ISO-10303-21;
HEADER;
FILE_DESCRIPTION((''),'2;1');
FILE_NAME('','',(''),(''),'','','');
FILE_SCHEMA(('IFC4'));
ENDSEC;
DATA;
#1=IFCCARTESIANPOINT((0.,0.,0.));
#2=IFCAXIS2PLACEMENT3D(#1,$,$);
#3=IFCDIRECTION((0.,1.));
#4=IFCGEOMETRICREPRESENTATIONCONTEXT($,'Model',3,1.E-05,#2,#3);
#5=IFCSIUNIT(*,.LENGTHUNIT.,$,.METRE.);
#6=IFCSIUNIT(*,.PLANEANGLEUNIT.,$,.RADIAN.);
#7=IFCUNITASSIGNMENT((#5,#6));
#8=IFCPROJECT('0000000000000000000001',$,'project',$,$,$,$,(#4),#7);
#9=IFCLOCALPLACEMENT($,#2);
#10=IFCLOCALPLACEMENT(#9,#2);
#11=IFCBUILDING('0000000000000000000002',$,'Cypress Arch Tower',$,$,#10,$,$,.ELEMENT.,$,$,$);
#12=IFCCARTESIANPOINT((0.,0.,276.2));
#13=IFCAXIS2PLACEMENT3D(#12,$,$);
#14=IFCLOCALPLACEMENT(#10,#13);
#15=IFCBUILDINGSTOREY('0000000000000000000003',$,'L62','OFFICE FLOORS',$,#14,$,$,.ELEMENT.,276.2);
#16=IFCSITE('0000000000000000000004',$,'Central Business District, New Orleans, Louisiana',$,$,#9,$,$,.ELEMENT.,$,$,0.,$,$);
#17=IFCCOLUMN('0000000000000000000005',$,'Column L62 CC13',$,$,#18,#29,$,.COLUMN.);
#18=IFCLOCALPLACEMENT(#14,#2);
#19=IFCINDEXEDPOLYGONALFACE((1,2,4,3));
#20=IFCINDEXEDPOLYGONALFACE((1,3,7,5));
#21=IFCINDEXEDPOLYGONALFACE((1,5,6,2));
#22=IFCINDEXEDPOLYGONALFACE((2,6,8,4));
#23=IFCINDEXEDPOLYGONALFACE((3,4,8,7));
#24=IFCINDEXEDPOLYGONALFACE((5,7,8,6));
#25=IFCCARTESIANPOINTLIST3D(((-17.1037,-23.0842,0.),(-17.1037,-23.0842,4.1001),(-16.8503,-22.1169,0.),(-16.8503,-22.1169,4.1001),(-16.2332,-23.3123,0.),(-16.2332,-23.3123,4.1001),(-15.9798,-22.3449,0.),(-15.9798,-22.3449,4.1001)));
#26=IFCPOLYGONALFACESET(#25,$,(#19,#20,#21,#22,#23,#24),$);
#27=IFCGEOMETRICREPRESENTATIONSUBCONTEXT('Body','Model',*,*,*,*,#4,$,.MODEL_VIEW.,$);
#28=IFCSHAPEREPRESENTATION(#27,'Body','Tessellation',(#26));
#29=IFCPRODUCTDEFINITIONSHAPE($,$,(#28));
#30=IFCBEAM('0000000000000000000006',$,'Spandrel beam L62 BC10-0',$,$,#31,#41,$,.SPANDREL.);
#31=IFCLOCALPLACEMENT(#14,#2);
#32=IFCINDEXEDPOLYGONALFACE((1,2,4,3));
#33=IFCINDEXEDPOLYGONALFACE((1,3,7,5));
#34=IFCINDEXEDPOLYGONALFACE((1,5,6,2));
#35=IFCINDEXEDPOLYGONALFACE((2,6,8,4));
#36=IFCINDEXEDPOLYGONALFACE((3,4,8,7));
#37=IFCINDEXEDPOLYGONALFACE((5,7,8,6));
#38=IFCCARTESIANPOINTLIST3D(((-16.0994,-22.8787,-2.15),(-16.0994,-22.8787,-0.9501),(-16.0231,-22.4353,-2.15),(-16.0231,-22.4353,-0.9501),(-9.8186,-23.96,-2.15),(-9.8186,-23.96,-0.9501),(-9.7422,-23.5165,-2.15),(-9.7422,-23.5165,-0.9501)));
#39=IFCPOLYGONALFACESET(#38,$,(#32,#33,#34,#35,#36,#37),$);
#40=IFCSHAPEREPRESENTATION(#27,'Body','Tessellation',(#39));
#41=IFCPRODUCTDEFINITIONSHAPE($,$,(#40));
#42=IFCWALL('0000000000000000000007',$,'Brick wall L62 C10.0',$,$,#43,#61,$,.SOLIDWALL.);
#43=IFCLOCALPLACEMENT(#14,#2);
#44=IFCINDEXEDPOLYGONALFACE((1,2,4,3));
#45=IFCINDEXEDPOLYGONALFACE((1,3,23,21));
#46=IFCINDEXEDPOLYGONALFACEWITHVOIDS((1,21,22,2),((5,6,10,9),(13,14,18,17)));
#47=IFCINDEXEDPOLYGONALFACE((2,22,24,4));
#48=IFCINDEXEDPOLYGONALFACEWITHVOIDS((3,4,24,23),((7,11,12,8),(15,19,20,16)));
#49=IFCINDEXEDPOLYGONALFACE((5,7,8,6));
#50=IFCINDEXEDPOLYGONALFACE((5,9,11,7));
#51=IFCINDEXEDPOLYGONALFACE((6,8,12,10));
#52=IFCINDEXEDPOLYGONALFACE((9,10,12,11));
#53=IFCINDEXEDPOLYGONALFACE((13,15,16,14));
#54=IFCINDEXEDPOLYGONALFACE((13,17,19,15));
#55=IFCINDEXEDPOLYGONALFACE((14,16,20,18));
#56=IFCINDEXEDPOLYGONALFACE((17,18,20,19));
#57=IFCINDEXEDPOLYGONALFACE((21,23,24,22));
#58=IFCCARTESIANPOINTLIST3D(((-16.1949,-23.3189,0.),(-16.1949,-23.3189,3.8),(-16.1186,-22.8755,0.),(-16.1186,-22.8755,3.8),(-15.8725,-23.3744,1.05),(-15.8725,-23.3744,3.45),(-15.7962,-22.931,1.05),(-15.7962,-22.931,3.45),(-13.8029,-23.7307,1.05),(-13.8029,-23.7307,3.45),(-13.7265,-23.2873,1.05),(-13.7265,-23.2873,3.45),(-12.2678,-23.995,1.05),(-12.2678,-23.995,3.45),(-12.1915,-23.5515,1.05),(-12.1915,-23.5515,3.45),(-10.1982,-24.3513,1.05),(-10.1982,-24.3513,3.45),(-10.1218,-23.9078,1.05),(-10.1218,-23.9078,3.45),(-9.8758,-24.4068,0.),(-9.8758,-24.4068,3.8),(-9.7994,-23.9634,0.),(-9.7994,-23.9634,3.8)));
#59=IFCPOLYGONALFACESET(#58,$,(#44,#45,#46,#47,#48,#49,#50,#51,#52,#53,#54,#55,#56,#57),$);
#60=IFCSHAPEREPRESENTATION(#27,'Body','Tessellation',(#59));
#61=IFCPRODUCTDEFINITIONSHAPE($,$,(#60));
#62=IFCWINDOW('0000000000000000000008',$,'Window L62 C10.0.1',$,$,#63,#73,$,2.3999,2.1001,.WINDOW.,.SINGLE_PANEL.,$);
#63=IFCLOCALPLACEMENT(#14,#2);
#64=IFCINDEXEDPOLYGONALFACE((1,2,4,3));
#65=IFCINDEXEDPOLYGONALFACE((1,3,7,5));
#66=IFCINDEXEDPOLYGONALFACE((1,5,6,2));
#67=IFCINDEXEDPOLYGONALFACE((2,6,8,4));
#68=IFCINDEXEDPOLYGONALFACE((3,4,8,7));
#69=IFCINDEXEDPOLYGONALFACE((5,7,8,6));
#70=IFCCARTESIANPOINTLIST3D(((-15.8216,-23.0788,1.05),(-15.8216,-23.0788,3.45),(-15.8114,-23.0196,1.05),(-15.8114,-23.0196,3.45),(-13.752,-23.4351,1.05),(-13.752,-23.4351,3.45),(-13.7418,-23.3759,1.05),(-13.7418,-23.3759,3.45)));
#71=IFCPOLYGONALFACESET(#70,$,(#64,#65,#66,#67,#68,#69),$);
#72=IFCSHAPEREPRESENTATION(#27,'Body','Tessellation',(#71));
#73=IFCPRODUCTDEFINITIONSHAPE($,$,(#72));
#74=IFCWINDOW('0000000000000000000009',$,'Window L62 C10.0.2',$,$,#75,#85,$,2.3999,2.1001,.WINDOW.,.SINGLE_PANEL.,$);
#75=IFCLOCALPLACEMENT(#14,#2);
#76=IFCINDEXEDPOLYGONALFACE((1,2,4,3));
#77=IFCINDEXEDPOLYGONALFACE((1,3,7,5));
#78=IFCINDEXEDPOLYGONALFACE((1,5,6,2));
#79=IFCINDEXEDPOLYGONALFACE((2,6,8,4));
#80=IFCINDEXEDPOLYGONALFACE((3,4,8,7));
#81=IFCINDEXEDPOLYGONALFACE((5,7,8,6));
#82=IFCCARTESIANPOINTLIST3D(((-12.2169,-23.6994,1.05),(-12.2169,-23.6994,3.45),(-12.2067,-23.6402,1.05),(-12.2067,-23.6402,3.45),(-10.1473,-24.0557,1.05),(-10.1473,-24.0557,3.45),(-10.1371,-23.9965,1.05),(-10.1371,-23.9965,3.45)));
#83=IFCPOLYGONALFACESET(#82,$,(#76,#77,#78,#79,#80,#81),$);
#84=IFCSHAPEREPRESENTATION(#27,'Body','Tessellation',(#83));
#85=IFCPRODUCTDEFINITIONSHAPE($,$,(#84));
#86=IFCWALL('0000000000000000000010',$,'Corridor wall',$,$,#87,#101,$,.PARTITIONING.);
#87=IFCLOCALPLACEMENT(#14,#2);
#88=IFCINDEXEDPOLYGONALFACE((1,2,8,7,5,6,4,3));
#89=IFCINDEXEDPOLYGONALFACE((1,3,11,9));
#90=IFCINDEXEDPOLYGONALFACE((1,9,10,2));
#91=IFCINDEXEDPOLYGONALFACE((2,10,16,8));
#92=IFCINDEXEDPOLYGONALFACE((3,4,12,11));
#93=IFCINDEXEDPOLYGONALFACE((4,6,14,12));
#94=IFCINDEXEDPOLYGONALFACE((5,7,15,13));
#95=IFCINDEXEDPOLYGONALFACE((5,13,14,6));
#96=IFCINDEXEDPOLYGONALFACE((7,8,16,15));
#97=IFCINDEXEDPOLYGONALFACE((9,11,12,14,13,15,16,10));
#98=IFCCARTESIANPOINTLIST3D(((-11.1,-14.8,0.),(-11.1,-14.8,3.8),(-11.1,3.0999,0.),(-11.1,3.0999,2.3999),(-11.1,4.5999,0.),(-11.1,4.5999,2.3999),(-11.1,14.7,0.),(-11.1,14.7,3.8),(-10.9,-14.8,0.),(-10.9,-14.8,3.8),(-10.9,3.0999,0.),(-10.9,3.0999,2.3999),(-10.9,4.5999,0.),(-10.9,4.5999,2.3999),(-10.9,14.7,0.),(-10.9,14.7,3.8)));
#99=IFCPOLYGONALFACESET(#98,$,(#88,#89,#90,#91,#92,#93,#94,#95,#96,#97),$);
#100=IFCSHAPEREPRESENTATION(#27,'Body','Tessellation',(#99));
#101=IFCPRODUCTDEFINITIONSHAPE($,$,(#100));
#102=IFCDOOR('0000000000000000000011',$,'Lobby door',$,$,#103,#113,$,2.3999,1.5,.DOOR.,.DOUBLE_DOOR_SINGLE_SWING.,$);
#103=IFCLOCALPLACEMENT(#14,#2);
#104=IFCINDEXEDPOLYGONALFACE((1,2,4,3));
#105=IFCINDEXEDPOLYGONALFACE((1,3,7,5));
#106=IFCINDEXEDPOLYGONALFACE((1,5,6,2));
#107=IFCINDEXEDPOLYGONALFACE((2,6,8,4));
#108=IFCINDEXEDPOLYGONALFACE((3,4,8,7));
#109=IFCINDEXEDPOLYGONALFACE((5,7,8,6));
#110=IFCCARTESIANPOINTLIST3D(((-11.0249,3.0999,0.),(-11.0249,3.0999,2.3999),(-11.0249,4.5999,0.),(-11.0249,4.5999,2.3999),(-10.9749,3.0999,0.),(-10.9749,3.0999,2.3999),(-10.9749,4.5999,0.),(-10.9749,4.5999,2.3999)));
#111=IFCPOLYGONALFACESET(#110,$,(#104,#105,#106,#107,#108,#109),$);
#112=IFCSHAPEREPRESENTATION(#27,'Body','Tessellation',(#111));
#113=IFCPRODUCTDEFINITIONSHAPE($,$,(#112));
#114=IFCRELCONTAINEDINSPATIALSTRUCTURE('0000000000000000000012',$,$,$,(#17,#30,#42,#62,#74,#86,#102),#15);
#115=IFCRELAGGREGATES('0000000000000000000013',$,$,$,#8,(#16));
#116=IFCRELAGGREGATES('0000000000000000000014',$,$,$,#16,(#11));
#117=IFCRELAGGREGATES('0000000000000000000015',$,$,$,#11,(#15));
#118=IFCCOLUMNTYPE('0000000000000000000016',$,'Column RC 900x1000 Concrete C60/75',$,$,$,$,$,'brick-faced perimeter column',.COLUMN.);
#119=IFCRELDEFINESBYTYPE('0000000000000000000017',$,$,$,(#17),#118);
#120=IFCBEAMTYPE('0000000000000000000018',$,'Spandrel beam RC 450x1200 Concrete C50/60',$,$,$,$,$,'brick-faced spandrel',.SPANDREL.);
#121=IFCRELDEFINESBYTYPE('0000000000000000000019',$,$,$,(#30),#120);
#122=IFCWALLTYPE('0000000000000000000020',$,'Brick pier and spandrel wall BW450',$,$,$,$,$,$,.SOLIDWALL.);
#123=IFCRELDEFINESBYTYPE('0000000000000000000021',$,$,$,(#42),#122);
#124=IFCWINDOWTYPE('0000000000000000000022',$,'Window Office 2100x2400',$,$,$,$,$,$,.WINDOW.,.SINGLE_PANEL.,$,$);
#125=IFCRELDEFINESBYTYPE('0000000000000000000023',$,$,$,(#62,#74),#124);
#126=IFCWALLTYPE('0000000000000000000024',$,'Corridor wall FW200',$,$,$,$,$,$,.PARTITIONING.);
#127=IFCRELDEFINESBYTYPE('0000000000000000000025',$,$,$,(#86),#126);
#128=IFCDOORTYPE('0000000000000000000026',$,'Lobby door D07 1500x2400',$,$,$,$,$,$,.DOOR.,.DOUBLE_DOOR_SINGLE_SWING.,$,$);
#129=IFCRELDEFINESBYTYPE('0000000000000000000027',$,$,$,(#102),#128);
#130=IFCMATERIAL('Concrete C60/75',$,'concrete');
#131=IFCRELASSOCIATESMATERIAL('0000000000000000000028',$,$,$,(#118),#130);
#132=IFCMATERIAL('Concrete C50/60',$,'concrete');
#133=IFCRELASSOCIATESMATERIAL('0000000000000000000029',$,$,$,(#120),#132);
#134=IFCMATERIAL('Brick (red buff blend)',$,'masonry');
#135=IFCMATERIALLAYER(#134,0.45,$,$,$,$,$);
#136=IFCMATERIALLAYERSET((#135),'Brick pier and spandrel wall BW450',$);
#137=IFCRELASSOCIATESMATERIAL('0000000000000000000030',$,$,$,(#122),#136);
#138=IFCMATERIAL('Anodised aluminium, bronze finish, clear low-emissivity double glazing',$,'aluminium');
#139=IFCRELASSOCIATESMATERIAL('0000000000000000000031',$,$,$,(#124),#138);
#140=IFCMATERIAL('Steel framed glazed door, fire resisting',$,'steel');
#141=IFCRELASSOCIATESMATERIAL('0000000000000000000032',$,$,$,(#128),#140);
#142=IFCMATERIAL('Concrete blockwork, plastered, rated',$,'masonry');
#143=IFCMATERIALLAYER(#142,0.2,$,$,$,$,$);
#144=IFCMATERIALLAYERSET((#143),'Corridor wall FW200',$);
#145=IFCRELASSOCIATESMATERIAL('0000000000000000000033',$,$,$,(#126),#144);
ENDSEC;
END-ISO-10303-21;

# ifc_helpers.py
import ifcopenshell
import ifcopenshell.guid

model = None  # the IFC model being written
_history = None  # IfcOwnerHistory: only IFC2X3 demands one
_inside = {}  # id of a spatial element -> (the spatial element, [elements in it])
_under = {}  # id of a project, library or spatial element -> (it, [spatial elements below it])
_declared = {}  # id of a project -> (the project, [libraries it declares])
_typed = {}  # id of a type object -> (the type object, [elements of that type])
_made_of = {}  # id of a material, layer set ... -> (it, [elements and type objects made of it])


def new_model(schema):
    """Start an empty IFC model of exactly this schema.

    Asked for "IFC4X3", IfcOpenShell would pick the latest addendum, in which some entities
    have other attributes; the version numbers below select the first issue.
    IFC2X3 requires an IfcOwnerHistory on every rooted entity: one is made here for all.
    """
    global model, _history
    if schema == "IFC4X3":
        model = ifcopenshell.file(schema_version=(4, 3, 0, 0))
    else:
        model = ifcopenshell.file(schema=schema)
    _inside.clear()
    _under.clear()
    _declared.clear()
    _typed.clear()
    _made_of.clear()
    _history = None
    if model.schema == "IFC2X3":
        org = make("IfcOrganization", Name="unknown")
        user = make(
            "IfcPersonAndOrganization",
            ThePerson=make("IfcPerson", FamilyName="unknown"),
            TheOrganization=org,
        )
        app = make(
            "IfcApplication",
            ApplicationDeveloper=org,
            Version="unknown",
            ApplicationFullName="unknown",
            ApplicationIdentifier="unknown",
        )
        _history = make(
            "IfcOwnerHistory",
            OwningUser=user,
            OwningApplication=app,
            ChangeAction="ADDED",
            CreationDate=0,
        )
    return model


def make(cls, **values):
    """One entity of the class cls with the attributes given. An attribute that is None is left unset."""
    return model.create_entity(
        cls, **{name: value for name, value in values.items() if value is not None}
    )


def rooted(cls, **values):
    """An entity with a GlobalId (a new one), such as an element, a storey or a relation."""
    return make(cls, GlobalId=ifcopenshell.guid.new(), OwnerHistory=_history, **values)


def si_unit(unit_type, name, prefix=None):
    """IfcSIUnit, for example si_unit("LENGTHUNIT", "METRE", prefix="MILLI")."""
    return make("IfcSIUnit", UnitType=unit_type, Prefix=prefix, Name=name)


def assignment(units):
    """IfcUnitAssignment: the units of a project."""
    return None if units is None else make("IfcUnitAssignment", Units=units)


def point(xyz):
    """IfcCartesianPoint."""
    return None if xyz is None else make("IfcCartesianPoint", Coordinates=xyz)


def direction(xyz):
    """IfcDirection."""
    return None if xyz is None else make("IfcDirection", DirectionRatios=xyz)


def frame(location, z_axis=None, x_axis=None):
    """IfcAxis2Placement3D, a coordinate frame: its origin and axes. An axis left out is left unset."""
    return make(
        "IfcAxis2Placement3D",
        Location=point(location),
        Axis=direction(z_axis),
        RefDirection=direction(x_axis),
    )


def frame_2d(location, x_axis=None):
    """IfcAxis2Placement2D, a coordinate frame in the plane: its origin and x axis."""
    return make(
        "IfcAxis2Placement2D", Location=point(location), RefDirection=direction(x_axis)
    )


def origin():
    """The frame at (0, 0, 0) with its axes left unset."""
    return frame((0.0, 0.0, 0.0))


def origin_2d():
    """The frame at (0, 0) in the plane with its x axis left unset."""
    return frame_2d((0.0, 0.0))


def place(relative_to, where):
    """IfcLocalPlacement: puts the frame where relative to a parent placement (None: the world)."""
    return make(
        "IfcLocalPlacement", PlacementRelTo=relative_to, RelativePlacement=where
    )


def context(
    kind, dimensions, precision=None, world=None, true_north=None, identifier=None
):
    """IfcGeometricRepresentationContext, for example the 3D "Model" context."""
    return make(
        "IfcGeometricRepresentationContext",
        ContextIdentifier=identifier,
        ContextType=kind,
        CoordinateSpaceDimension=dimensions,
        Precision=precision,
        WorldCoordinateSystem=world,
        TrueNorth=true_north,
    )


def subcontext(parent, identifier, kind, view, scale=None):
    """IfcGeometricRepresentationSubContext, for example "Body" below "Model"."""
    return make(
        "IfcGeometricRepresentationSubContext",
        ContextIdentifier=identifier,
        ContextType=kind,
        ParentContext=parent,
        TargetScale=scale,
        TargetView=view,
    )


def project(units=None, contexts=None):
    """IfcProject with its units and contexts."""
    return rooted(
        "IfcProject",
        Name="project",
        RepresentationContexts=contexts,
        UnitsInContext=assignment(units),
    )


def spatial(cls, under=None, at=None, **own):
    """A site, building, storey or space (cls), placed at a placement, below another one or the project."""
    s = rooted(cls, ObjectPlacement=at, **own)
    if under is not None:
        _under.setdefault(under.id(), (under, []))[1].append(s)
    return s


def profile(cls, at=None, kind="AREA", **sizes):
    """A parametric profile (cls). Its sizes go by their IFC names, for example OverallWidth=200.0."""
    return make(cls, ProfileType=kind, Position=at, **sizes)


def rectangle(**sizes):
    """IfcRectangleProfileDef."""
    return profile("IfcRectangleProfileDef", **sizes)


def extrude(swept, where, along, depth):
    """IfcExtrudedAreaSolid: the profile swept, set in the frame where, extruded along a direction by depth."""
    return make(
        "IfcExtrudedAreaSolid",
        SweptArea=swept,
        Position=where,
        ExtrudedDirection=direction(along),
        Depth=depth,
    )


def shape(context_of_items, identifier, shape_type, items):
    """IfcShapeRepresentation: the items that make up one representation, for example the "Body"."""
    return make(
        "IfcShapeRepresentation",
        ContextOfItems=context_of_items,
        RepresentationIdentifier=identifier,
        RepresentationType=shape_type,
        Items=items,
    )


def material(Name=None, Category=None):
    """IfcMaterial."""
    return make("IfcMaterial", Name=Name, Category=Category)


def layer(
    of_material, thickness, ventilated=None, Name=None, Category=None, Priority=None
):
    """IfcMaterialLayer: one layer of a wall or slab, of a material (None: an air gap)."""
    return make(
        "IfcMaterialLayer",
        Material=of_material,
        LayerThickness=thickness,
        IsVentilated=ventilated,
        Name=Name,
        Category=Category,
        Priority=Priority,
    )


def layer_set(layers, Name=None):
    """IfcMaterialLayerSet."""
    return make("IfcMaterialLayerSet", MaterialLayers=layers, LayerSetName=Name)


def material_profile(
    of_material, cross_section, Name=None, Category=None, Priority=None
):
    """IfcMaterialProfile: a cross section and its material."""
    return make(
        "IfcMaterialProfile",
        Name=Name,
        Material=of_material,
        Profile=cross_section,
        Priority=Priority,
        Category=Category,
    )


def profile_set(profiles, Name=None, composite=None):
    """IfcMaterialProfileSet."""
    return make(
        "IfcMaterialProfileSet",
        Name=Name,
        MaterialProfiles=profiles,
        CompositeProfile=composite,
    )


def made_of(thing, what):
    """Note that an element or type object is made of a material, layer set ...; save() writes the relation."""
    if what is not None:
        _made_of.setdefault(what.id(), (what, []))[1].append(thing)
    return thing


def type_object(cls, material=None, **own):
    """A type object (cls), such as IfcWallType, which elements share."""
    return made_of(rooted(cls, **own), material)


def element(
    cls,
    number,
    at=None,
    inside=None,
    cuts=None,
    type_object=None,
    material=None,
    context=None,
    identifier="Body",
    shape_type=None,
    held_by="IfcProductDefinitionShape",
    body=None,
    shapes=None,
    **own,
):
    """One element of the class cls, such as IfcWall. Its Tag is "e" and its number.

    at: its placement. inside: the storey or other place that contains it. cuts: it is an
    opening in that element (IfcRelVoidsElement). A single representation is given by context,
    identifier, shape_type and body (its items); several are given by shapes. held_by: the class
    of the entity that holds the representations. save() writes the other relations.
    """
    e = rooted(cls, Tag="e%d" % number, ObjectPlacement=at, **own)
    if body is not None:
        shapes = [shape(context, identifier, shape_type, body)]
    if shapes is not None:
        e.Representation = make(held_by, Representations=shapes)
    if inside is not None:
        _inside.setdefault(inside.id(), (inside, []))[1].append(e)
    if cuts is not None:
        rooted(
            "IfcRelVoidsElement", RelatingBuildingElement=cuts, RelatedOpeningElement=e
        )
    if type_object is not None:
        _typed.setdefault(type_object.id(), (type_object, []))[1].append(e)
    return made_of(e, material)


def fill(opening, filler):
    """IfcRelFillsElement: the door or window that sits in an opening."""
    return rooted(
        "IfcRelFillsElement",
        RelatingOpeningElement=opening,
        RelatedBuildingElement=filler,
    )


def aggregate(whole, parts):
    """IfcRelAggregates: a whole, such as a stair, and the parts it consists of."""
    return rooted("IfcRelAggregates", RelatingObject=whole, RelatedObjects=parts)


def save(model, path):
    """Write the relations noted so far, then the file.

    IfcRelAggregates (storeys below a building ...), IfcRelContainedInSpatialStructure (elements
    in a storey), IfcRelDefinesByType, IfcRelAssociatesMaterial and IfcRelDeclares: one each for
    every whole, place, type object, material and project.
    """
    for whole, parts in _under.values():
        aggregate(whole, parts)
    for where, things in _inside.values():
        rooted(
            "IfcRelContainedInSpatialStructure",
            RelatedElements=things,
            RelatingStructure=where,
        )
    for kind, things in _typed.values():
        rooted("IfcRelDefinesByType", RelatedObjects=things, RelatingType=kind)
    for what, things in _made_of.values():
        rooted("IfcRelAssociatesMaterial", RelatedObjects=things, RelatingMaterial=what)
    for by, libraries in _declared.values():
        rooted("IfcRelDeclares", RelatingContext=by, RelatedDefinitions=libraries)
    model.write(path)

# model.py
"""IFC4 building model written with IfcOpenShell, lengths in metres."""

from ifc_helpers import new_model, si_unit, direction, frame, frame_2d, origin, origin_2d, place, context, subcontext, project, spatial, rectangle, extrude, material, layer, layer_set, material_profile, profile_set, type_object, element, fill, save


model = new_model("IFC4")

# Units and contexts
model_context = context("Model", 3, precision=1e-05, world=origin(), true_north=direction((0.0, 1.0)))
body_context = subcontext(model_context, "Body", "Model", "MODEL_VIEW")
ifc_project = project(units=[si_unit("LENGTHUNIT", "METRE"), si_unit("PLANEANGLEUNIT", "RADIAN")], contexts=[model_context])

# Site, building, storey
site_placement = place(None, origin())
site = spatial("IfcSite", under=ifc_project, at=site_placement, Name="Central Business District, New Orleans, Louisiana", CompositionType="ELEMENT", RefElevation=0.0)
building_placement = place(site_placement, origin())
building = spatial("IfcBuilding", under=site, at=building_placement, Name="Cypress Arch Tower", CompositionType="ELEMENT")
storey_placement = place(building_placement, frame((0.0, 0.0, 276.2)))
storey = spatial("IfcBuildingStorey", under=building, at=storey_placement, Name="L62", Description="OFFICE FLOORS", CompositionType="ELEMENT", Elevation=276.2)

# Column
ifc_material_1 = material(Name="Concrete C60/75", Category="concrete")
ifc_material_profile_1 = material_profile(ifc_material_1, rectangle(XDim=0.8999, YDim=1.0, at=origin_2d()), Name="RC 900x1000")
ifc_profile_set_1 = profile_set([ifc_material_profile_1], Name="Concrete C60/75")
column_type = type_object("IfcColumnType", Name="Column RC 900x1000 Concrete C60/75", ElementType="brick-faced perimeter column", PredefinedType="COLUMN", material=ifc_profile_set_1)
column_placement = place(storey_placement, frame((-16.5417, -22.7146, 0.0), z_axis=(0.0, 0.0, 1.0), x_axis=(0.967356, -0.253422, 0.0)))
element("IfcColumn", 1, at=column_placement, inside=storey, type_object=column_type, Name="Column L62 CC13", PredefinedType="COLUMN", context=body_context, shape_type="SweptSolid", body=[
    extrude(rectangle(XDim=0.8999, YDim=1.0, at=origin_2d()), origin(), (0.0, 0.0, 1.0), 4.1001),
])

# Beam
ifc_material_2 = material(Name="Concrete C50/60", Category="concrete")
ifc_material_profile_2 = material_profile(ifc_material_2, rectangle(XDim=0.45, YDim=1.2, at=origin_2d()), Name="RC 450x1200")
ifc_profile_set_2 = profile_set([ifc_material_profile_2], Name="Concrete C50/60")
beam_type = type_object("IfcBeamType", Name="Spandrel beam RC 450x1200 Concrete C50/60", ElementType="brick-faced spandrel", PredefinedType="SPANDREL", material=ifc_profile_set_2)
beam_placement = place(storey_placement, frame((-16.0613, -22.657, -1.55), z_axis=(0.985503, -0.169658, 0.0), x_axis=(0.169658, 0.985503, 0.0)))
element("IfcBeam", 2, at=beam_placement, inside=storey, type_object=beam_type, Name="Spandrel beam L62 BC10-0", PredefinedType="SPANDREL", context=body_context, shape_type="SweptSolid", body=[
    extrude(rectangle(XDim=0.45, YDim=1.2, at=origin_2d()), origin(), (0.0, 0.0, 1.0), 6.3733),
])

# Wall, openings, windows
ifc_material_3 = material(Name="Brick (red buff blend)", Category="masonry")
ifc_layer_1 = layer(ifc_material_3, 0.45)
ifc_layer_set_1 = layer_set([ifc_layer_1], Name="Brick pier and spandrel wall BW450")
wall_type_1 = type_object("IfcWallType", Name="Brick pier and spandrel wall BW450", PredefinedType="SOLIDWALL", material=ifc_layer_set_1)
wall_1_placement = place(storey_placement, frame((-16.1567, -23.0972, 0.0), z_axis=(0.0, 0.0, 1.0), x_axis=(0.985502, -0.169663, 0.0)))
wall_1 = element("IfcWall", 3, at=wall_1_placement, inside=storey, type_object=wall_type_1, Name="Brick wall L62 C10.0", PredefinedType="SOLIDWALL", context=body_context, shape_type="SweptSolid", body=[
    extrude(rectangle(XDim=6.4121, YDim=0.45, at=frame_2d((3.2061, 0.0))), origin(), (0.0, 0.0, 1.0), 3.8),
])
opening_1_placement = place(wall_1_placement, frame((0.3271, 0.0, 1.05)))
opening_1 = element("IfcOpeningElement", 4, at=opening_1_placement, cuts=wall_1, PredefinedType="OPENING", context=body_context, shape_type="SweptSolid", body=[
    extrude(rectangle(XDim=2.1001, YDim=2.3999, at=frame_2d((1.05, 1.2))), frame((0.0, 0.2349, 0.0), z_axis=(0.0, -1.0, 0.0), x_axis=(1.0, 0.0, 0.0)), (0.0, 0.0, 1.0), 0.47),
])
opening_2_placement = place(wall_1_placement, frame((3.9849, 0.0, 1.05)))
opening_2 = element("IfcOpeningElement", 5, at=opening_2_placement, cuts=wall_1, PredefinedType="OPENING", context=body_context, shape_type="SweptSolid", body=[
    extrude(rectangle(XDim=2.1001, YDim=2.3999, at=frame_2d((1.05, 1.2))), frame((0.0, 0.2349, 0.0), z_axis=(0.0, -1.0, 0.0), x_axis=(1.0, 0.0, 0.0)), (0.0, 0.0, 1.0), 0.47),
])
ifc_material_4 = material(Name="Anodised aluminium, bronze finish, clear low-emissivity double glazing", Category="aluminium")
window_type = type_object("IfcWindowType", Name="Window Office 2100x2400", PartitioningType="SINGLE_PANEL", PredefinedType="WINDOW", material=ifc_material_4)
window_1_placement = place(opening_1_placement, origin())
window_1 = element("IfcWindow", 6, at=window_1_placement, inside=storey, type_object=window_type, Name="Window L62 C10.0.1", OverallHeight=2.3999, OverallWidth=2.1001, PartitioningType="SINGLE_PANEL", PredefinedType="WINDOW", context=body_context, shape_type="SweptSolid", body=[
    extrude(rectangle(XDim=2.1001, YDim=2.3999, at=frame_2d((1.05, 1.2))), frame((0.0, 0.135, 0.0), z_axis=(0.0, -1.0, 0.0), x_axis=(1.0, 0.0, 0.0)), (0.0, 0.0, 1.0), 0.0601),
])
fill(opening_1, window_1)
window_2_placement = place(opening_2_placement, origin())
window_2 = element("IfcWindow", 7, at=window_2_placement, inside=storey, type_object=window_type, Name="Window L62 C10.0.2", OverallHeight=2.3999, OverallWidth=2.1001, PartitioningType="SINGLE_PANEL", PredefinedType="WINDOW", context=body_context, shape_type="SweptSolid", body=[
    extrude(rectangle(XDim=2.1001, YDim=2.3999, at=frame_2d((1.05, 1.2))), frame((0.0, 0.135, 0.0), z_axis=(0.0, -1.0, 0.0), x_axis=(1.0, 0.0, 0.0)), (0.0, 0.0, 1.0), 0.0601),
])
fill(opening_2, window_2)

# Shared definitions
ifc_material_5 = material(Name="Steel framed glazed door, fire resisting", Category="steel")
door_type_1 = type_object("IfcDoorType", Name="Lobby door D07 1500x2400", OperationType="DOUBLE_DOOR_SINGLE_SWING", PredefinedType="DOOR", material=ifc_material_5)

# Shared definitions
ifc_material_6 = material(Name="Concrete blockwork, plastered, rated", Category="masonry")
ifc_layer_2 = layer(ifc_material_6, 0.2)
ifc_layer_set_2 = layer_set([ifc_layer_2], Name="Corridor wall FW200")
wall_type_2 = type_object("IfcWallType", Name="Corridor wall FW200", PredefinedType="PARTITIONING", material=ifc_layer_set_2)

# Wall, opening, door
wall_2_placement = place(storey_placement, frame((-11.0, -14.8, 0.0), z_axis=(0.0, 0.0, 1.0), x_axis=(0.0, 1.0, 0.0)))
wall_2 = element("IfcWall", 8, at=wall_2_placement, inside=storey, type_object=wall_type_2, Name="Corridor wall", PredefinedType="PARTITIONING", context=body_context, shape_type="SweptSolid", body=[
    extrude(rectangle(XDim=29.5, YDim=0.2, at=frame_2d((14.75, 0.0))), origin(), (0.0, 0.0, 1.0), 3.8),
])
opening_3_placement = place(wall_2_placement, frame((17.8999, 0.0, 0.0)))
opening_3 = element("IfcOpeningElement", 9, at=opening_3_placement, cuts=wall_2, PredefinedType="OPENING", context=body_context, shape_type="SweptSolid", body=[
    extrude(rectangle(XDim=1.5, YDim=2.3999, at=frame_2d((0.75, 1.2))), frame((0.0, 0.1099, 0.0), z_axis=(0.0, -1.0, 0.0), x_axis=(1.0, 0.0, 0.0)), (0.0, 0.0, 1.0), 0.22),
])
door_1_placement = place(opening_3_placement, origin())
door_1 = element("IfcDoor", 10, at=door_1_placement, inside=storey, type_object=door_type_1, Name="Lobby door", OperationType="DOUBLE_DOOR_SINGLE_SWING", OverallHeight=2.3999, OverallWidth=1.5, PredefinedType="DOOR", context=body_context, shape_type="SweptSolid", body=[
    extrude(rectangle(XDim=1.5, YDim=2.3999, at=frame_2d((0.75, 1.2))), frame((0.0, 0.0249, 0.0), z_axis=(0.0, -1.0, 0.0), x_axis=(1.0, 0.0, 0.0)), (0.0, 0.0, 1.0), 0.05),
])
fill(opening_3, door_1)

save(model, "model.ifc")
